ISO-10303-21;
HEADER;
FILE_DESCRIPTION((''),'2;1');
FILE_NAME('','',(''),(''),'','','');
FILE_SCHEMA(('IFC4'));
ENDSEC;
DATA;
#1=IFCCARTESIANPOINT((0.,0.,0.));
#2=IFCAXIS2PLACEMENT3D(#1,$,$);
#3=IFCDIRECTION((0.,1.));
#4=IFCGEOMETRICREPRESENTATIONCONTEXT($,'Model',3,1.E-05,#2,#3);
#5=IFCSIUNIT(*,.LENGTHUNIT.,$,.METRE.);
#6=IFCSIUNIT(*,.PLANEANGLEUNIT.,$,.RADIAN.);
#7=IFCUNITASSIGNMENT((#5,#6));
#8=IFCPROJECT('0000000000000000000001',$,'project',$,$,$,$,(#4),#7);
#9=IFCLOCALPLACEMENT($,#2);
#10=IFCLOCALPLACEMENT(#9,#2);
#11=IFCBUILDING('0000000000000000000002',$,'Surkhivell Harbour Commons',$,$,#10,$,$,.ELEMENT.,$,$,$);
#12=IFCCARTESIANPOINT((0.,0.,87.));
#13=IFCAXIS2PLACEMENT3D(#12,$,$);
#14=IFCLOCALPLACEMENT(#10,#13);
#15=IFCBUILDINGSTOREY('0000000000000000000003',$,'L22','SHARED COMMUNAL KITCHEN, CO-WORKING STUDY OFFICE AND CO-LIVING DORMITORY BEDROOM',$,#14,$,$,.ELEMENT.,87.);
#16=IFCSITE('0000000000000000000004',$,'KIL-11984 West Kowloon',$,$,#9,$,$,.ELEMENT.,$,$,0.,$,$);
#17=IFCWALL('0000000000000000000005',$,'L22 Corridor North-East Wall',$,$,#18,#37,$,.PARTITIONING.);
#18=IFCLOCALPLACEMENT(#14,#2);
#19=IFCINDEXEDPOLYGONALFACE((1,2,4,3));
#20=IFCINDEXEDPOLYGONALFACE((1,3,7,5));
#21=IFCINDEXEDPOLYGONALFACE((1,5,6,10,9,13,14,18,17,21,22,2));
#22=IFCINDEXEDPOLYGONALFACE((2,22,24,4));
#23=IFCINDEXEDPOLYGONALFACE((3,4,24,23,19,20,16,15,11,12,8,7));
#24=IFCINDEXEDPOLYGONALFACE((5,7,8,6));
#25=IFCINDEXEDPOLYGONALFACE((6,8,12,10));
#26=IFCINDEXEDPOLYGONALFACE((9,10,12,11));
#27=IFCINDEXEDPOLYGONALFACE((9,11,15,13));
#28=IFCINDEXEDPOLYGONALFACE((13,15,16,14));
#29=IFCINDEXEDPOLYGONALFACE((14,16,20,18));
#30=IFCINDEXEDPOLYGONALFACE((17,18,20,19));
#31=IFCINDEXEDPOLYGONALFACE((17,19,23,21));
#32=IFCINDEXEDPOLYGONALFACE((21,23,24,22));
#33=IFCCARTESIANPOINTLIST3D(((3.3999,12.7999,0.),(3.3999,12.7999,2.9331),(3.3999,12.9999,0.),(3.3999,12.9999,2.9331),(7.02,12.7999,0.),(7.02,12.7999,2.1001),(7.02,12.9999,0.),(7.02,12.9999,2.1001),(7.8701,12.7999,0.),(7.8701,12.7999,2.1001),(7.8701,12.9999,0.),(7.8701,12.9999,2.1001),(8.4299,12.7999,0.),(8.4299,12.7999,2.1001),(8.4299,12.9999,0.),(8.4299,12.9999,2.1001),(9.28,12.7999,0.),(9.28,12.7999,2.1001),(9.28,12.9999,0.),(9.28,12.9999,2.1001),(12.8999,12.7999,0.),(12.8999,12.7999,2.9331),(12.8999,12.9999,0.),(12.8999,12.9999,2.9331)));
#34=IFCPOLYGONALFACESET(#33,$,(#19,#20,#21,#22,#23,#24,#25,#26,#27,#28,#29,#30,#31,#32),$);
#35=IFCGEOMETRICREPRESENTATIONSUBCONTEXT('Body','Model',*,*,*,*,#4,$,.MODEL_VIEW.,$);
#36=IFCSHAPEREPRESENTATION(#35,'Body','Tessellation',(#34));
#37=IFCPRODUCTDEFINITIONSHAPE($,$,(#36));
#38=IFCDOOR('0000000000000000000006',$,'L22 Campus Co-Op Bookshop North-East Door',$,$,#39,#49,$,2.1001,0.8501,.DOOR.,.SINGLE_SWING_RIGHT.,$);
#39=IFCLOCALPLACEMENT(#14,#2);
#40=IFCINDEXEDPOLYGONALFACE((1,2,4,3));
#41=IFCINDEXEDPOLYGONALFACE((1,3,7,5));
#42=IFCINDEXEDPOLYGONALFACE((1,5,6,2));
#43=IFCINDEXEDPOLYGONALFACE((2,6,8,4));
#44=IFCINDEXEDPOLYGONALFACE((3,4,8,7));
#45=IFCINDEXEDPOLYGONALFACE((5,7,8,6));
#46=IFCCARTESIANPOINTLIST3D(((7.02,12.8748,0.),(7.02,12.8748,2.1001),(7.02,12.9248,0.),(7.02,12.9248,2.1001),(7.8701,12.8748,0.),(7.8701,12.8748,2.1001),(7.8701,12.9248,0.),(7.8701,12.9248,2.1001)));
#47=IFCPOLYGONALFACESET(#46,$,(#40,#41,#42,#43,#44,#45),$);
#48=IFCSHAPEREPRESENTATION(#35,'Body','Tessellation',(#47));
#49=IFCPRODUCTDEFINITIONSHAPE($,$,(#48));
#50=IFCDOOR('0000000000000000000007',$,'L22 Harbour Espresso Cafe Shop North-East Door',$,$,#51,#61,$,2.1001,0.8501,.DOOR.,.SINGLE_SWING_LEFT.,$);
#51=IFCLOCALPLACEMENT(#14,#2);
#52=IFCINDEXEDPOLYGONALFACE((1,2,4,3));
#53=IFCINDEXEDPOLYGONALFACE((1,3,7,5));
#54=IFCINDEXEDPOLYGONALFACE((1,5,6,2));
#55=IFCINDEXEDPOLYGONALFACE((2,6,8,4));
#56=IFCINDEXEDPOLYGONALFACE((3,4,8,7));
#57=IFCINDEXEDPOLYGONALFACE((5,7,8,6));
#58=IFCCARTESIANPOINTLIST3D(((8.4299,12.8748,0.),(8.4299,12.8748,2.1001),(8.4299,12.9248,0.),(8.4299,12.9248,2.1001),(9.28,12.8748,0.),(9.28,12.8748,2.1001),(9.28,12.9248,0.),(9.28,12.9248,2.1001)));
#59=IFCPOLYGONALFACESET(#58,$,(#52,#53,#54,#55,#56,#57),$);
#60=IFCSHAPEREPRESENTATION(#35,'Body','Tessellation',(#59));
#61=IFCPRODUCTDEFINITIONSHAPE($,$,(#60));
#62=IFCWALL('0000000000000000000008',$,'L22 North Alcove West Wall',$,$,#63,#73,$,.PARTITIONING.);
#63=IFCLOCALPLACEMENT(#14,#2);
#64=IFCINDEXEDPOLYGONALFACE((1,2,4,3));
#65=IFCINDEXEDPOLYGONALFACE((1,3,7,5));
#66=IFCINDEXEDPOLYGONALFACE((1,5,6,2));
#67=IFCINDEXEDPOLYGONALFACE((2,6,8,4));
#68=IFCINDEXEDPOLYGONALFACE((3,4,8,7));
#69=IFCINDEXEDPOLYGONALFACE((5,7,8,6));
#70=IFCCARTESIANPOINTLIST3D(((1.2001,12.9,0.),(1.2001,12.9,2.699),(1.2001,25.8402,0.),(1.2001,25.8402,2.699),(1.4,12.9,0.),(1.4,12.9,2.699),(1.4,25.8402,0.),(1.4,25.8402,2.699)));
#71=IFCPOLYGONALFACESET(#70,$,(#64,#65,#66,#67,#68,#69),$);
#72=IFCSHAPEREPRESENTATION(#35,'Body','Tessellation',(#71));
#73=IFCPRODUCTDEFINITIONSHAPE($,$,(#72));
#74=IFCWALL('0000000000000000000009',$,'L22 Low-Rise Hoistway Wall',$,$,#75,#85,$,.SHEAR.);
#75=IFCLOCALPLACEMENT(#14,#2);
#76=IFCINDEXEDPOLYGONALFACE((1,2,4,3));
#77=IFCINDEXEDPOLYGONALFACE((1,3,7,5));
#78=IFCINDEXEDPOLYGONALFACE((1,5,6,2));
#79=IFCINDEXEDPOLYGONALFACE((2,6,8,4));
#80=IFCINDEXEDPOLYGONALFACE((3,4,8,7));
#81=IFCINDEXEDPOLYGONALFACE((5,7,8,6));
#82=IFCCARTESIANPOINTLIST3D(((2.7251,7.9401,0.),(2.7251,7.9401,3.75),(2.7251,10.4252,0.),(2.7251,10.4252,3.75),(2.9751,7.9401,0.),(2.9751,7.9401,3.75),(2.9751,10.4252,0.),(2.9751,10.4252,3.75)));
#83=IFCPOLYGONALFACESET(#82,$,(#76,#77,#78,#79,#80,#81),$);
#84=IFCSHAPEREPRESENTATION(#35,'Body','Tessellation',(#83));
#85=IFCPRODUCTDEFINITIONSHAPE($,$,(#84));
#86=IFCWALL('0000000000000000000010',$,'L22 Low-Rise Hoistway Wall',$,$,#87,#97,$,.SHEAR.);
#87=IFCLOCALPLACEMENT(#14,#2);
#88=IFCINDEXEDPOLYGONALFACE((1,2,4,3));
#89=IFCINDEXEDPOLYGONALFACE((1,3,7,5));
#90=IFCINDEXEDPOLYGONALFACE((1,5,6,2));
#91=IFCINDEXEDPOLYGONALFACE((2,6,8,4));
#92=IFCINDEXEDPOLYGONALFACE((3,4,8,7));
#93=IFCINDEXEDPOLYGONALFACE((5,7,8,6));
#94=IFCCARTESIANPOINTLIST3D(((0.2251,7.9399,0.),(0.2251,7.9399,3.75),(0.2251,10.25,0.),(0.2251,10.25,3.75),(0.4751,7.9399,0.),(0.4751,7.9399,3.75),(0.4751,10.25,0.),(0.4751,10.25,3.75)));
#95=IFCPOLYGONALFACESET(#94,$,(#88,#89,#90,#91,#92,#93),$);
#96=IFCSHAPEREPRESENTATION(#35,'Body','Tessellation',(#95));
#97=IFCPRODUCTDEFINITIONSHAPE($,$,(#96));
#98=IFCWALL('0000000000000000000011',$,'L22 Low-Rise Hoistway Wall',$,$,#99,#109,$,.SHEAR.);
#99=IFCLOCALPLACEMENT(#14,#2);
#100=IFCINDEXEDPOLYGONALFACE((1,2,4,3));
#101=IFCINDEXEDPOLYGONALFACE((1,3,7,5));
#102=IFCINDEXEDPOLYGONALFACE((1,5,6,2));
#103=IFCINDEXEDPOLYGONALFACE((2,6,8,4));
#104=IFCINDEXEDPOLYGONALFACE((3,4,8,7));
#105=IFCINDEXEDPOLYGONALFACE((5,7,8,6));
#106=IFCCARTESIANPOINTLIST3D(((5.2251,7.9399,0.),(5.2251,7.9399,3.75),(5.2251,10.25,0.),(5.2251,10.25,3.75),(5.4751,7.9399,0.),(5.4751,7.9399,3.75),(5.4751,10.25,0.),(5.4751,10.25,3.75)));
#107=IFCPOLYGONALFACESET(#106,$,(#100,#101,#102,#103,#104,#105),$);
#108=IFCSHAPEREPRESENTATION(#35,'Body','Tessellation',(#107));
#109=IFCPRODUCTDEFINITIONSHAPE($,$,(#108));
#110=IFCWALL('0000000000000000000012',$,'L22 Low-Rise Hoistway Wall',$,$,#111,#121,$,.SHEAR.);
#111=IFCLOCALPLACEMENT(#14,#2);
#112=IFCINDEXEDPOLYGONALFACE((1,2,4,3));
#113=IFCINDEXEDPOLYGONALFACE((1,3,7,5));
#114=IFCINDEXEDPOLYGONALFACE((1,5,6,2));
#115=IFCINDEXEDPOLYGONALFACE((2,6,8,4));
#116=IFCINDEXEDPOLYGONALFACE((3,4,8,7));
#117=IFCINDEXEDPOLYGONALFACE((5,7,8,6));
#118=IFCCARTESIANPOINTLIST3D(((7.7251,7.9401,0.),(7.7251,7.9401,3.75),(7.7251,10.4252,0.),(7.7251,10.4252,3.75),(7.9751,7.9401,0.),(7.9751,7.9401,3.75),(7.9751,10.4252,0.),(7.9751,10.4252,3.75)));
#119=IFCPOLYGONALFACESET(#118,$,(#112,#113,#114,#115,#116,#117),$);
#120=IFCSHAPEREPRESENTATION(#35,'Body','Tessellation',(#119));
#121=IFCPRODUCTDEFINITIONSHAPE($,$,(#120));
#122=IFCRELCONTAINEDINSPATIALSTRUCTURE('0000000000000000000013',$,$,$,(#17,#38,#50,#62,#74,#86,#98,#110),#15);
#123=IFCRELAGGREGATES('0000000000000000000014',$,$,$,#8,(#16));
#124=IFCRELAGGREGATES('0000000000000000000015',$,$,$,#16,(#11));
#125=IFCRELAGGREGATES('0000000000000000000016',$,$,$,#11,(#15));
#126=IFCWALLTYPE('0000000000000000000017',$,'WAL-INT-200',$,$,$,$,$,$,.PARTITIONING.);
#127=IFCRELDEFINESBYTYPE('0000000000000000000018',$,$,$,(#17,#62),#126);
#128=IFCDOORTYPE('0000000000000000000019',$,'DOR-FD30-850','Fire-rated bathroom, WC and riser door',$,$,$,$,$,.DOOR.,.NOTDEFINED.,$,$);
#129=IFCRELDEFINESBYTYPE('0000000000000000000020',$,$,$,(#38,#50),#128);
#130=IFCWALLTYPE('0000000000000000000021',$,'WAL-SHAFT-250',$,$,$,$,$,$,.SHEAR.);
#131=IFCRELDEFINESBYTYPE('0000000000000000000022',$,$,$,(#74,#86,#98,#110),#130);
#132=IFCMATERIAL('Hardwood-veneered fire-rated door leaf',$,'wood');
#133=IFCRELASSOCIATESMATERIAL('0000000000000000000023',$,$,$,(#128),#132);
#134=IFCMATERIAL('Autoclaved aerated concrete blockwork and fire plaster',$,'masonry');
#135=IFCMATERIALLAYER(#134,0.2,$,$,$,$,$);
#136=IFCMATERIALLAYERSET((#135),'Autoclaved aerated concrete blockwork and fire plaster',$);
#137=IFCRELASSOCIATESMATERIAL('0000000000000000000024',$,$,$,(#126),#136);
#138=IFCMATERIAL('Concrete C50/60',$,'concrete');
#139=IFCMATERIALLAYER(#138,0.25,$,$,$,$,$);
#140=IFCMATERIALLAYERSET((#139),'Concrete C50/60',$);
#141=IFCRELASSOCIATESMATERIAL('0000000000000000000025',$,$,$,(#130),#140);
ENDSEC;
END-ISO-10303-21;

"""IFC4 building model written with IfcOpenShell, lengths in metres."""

from ifc_helpers import new_model, si_unit, direction, frame, frame_2d, origin, place, context, subcontext, project, spatial, rectangle, extrude, material, layer, layer_set, type_object, element, fill, save


model = new_model("IFC4")

# Units and contexts
model_context = context("Model", 3, precision=1e-05, world=origin(), true_north=direction((0.0, 1.0)))
body_context = subcontext(model_context, "Body", "Model", "MODEL_VIEW")
ifc_project = project(units=[si_unit("LENGTHUNIT", "METRE"), si_unit("PLANEANGLEUNIT", "RADIAN")], contexts=[model_context])

# Site, building, storey
site_placement = place(None, origin())
site = spatial("IfcSite", under=ifc_project, at=site_placement, Name="KIL-11984 West Kowloon", CompositionType="ELEMENT", RefElevation=0.0)
building_placement = place(site_placement, origin())
building = spatial("IfcBuilding", under=site, at=building_placement, Name="Surkhivell Harbour Commons", CompositionType="ELEMENT")
storey_placement = place(building_placement, frame((0.0, 0.0, 87.0)))
storey = spatial("IfcBuildingStorey", under=building, at=storey_placement, Name="L22", Description="SHARED COMMUNAL KITCHEN, CO-WORKING STUDY OFFICE AND CO-LIVING DORMITORY BEDROOM", CompositionType="ELEMENT", Elevation=87.0)

# Shared definitions
ifc_material_1 = material(Name="Hardwood-veneered fire-rated door leaf", Category="wood")
door_type_1 = type_object("IfcDoorType", Name="DOR-FD30-850", Description="Fire-rated bathroom, WC and riser door", OperationType="NOTDEFINED", PredefinedType="DOOR", material=ifc_material_1)

# Wall, openings, doors
ifc_material_2 = material(Name="Autoclaved aerated concrete blockwork and fire plaster", Category="masonry")
ifc_layer_1 = layer(ifc_material_2, 0.2)
ifc_layer_set_1 = layer_set([ifc_layer_1], Name="Autoclaved aerated concrete blockwork and fire plaster")
wall_type_1 = type_object("IfcWallType", Name="WAL-INT-200", PredefinedType="PARTITIONING", material=ifc_layer_set_1)
wall_1_placement = place(storey_placement, frame((3.3999, 12.8999, 0.0), z_axis=(0.0, 0.0, 1.0), x_axis=(1.0, 0.0, 0.0)))
wall_1 = element("IfcWall", 1, at=wall_1_placement, inside=storey, type_object=wall_type_1, Name="L22 Corridor North-East Wall", PredefinedType="PARTITIONING", context=body_context, shape_type="SweptSolid", body=[
    extrude(rectangle(XDim=9.5, YDim=0.2, at=frame_2d((4.75, 0.0))), origin(), (0.0, 0.0, 1.0), 2.9331),
])
opening_1_placement = place(wall_1_placement, frame((3.6201, 0.0, 0.0)))
opening_1 = element("IfcOpeningElement", 2, at=opening_1_placement, cuts=wall_1, PredefinedType="OPENING", context=body_context, shape_type="SweptSolid", body=[
    extrude(rectangle(XDim=0.8501, YDim=2.1001, at=frame_2d((0.425, 1.05))), frame((0.0, 0.1099, 0.0), z_axis=(0.0, -1.0, 0.0), x_axis=(1.0, 0.0, 0.0)), (0.0, 0.0, 1.0), 0.22),
])
opening_2_placement = place(wall_1_placement, frame((5.03, 0.0, 0.0)))
opening_2 = element("IfcOpeningElement", 3, at=opening_2_placement, cuts=wall_1, PredefinedType="OPENING", context=body_context, shape_type="SweptSolid", body=[
    extrude(rectangle(XDim=0.8501, YDim=2.1001, at=frame_2d((0.425, 1.05))), frame((0.0, 0.1099, 0.0), z_axis=(0.0, -1.0, 0.0), x_axis=(1.0, 0.0, 0.0)), (0.0, 0.0, 1.0), 0.22),
])
door_1_placement = place(opening_1_placement, origin())
door_1 = element("IfcDoor", 4, at=door_1_placement, inside=storey, type_object=door_type_1, Name="L22 Campus Co-Op Bookshop North-East Door", OperationType="SINGLE_SWING_RIGHT", OverallHeight=2.1001, OverallWidth=0.8501, PredefinedType="DOOR", context=body_context, shape_type="SweptSolid", body=[
    extrude(rectangle(XDim=0.8501, YDim=2.1001, at=frame_2d((0.425, 1.05))), frame((0.0, 0.0249, 0.0), z_axis=(0.0, -1.0, 0.0), x_axis=(1.0, 0.0, 0.0)), (0.0, 0.0, 1.0), 0.05),
])
fill(opening_1, door_1)
door_2_placement = place(opening_2_placement, origin())
door_2 = element("IfcDoor", 5, at=door_2_placement, inside=storey, type_object=door_type_1, Name="L22 Harbour Espresso Cafe Shop North-East Door", OperationType="SINGLE_SWING_LEFT", OverallHeight=2.1001, OverallWidth=0.8501, PredefinedType="DOOR", context=body_context, shape_type="SweptSolid", body=[
    extrude(rectangle(XDim=0.8501, YDim=2.1001, at=frame_2d((0.425, 1.05))), frame((0.0, 0.0249, 0.0), z_axis=(0.0, -1.0, 0.0), x_axis=(1.0, 0.0, 0.0)), (0.0, 0.0, 1.0), 0.05),
])
fill(opening_2, door_2)

# Walls
wall_2_placement = place(storey_placement, frame((1.3, 12.8999, 0.0), z_axis=(0.0, 0.0, 1.0), x_axis=(0.0, 1.0, 0.0)))
element("IfcWall", 6, at=wall_2_placement, inside=storey, type_object=wall_type_1, Name="L22 North Alcove West Wall", PredefinedType="PARTITIONING", context=body_context, shape_type="SweptSolid", body=[
    extrude(rectangle(XDim=12.9402, YDim=0.2, at=frame_2d((6.4702, 0.0))), origin(), (0.0, 0.0, 1.0), 2.699),
])
ifc_material_3 = material(Name="Concrete C50/60", Category="concrete")
ifc_layer_2 = layer(ifc_material_3, 0.25)
ifc_layer_set_2 = layer_set([ifc_layer_2], Name="Concrete C50/60")
wall_type_2 = type_object("IfcWallType", Name="WAL-SHAFT-250", PredefinedType="SHEAR", material=ifc_layer_set_2)
wall_3_placement = place(storey_placement, frame((2.8501, 7.9399, 0.0), z_axis=(0.0, 0.0, 1.0), x_axis=(0.0, 1.0, 0.0)))
element("IfcWall", 7, at=wall_3_placement, inside=storey, type_object=wall_type_2, Name="L22 Low-Rise Hoistway Wall", PredefinedType="SHEAR", context=body_context, shape_type="SweptSolid", body=[
    extrude(rectangle(XDim=2.4851, YDim=0.25, at=frame_2d((1.2427, 0.0))), origin(), (0.0, 0.0, 1.0), 3.75),
])
for number, where, z_axis, x_axis, name in (
    (8, (0.3501, 7.9399, 0.0), (0.0, 0.0, 1.0), (0.0, 1.0, 0.0), "L22 Low-Rise Hoistway Wall"),
    (9, (5.3501, 7.9399, 0.0), (0.0, 0.0, 1.0), (0.0, 1.0, 0.0), "L22 Low-Rise Hoistway Wall"),
):
    element("IfcWall", number, at=place(storey_placement, frame(where, z_axis=z_axis, x_axis=x_axis)), inside=storey, type_object=wall_type_2, Name=name, PredefinedType="SHEAR", context=body_context, shape_type="SweptSolid", body=[
        extrude(rectangle(XDim=2.3101, YDim=0.25, at=frame_2d((1.155, 0.0))), origin(), (0.0, 0.0, 1.0), 3.75),
    ])
wall_4_placement = place(storey_placement, frame((7.8501, 7.9399, 0.0), z_axis=(0.0, 0.0, 1.0), x_axis=(0.0, 1.0, 0.0)))
element("IfcWall", 10, at=wall_4_placement, inside=storey, type_object=wall_type_2, Name="L22 Low-Rise Hoistway Wall", PredefinedType="SHEAR", context=body_context, shape_type="SweptSolid", body=[
    extrude(rectangle(XDim=2.4851, YDim=0.25, at=frame_2d((1.2427, 0.0))), origin(), (0.0, 0.0, 1.0), 3.75),
])

save(model, "model.ifc")
